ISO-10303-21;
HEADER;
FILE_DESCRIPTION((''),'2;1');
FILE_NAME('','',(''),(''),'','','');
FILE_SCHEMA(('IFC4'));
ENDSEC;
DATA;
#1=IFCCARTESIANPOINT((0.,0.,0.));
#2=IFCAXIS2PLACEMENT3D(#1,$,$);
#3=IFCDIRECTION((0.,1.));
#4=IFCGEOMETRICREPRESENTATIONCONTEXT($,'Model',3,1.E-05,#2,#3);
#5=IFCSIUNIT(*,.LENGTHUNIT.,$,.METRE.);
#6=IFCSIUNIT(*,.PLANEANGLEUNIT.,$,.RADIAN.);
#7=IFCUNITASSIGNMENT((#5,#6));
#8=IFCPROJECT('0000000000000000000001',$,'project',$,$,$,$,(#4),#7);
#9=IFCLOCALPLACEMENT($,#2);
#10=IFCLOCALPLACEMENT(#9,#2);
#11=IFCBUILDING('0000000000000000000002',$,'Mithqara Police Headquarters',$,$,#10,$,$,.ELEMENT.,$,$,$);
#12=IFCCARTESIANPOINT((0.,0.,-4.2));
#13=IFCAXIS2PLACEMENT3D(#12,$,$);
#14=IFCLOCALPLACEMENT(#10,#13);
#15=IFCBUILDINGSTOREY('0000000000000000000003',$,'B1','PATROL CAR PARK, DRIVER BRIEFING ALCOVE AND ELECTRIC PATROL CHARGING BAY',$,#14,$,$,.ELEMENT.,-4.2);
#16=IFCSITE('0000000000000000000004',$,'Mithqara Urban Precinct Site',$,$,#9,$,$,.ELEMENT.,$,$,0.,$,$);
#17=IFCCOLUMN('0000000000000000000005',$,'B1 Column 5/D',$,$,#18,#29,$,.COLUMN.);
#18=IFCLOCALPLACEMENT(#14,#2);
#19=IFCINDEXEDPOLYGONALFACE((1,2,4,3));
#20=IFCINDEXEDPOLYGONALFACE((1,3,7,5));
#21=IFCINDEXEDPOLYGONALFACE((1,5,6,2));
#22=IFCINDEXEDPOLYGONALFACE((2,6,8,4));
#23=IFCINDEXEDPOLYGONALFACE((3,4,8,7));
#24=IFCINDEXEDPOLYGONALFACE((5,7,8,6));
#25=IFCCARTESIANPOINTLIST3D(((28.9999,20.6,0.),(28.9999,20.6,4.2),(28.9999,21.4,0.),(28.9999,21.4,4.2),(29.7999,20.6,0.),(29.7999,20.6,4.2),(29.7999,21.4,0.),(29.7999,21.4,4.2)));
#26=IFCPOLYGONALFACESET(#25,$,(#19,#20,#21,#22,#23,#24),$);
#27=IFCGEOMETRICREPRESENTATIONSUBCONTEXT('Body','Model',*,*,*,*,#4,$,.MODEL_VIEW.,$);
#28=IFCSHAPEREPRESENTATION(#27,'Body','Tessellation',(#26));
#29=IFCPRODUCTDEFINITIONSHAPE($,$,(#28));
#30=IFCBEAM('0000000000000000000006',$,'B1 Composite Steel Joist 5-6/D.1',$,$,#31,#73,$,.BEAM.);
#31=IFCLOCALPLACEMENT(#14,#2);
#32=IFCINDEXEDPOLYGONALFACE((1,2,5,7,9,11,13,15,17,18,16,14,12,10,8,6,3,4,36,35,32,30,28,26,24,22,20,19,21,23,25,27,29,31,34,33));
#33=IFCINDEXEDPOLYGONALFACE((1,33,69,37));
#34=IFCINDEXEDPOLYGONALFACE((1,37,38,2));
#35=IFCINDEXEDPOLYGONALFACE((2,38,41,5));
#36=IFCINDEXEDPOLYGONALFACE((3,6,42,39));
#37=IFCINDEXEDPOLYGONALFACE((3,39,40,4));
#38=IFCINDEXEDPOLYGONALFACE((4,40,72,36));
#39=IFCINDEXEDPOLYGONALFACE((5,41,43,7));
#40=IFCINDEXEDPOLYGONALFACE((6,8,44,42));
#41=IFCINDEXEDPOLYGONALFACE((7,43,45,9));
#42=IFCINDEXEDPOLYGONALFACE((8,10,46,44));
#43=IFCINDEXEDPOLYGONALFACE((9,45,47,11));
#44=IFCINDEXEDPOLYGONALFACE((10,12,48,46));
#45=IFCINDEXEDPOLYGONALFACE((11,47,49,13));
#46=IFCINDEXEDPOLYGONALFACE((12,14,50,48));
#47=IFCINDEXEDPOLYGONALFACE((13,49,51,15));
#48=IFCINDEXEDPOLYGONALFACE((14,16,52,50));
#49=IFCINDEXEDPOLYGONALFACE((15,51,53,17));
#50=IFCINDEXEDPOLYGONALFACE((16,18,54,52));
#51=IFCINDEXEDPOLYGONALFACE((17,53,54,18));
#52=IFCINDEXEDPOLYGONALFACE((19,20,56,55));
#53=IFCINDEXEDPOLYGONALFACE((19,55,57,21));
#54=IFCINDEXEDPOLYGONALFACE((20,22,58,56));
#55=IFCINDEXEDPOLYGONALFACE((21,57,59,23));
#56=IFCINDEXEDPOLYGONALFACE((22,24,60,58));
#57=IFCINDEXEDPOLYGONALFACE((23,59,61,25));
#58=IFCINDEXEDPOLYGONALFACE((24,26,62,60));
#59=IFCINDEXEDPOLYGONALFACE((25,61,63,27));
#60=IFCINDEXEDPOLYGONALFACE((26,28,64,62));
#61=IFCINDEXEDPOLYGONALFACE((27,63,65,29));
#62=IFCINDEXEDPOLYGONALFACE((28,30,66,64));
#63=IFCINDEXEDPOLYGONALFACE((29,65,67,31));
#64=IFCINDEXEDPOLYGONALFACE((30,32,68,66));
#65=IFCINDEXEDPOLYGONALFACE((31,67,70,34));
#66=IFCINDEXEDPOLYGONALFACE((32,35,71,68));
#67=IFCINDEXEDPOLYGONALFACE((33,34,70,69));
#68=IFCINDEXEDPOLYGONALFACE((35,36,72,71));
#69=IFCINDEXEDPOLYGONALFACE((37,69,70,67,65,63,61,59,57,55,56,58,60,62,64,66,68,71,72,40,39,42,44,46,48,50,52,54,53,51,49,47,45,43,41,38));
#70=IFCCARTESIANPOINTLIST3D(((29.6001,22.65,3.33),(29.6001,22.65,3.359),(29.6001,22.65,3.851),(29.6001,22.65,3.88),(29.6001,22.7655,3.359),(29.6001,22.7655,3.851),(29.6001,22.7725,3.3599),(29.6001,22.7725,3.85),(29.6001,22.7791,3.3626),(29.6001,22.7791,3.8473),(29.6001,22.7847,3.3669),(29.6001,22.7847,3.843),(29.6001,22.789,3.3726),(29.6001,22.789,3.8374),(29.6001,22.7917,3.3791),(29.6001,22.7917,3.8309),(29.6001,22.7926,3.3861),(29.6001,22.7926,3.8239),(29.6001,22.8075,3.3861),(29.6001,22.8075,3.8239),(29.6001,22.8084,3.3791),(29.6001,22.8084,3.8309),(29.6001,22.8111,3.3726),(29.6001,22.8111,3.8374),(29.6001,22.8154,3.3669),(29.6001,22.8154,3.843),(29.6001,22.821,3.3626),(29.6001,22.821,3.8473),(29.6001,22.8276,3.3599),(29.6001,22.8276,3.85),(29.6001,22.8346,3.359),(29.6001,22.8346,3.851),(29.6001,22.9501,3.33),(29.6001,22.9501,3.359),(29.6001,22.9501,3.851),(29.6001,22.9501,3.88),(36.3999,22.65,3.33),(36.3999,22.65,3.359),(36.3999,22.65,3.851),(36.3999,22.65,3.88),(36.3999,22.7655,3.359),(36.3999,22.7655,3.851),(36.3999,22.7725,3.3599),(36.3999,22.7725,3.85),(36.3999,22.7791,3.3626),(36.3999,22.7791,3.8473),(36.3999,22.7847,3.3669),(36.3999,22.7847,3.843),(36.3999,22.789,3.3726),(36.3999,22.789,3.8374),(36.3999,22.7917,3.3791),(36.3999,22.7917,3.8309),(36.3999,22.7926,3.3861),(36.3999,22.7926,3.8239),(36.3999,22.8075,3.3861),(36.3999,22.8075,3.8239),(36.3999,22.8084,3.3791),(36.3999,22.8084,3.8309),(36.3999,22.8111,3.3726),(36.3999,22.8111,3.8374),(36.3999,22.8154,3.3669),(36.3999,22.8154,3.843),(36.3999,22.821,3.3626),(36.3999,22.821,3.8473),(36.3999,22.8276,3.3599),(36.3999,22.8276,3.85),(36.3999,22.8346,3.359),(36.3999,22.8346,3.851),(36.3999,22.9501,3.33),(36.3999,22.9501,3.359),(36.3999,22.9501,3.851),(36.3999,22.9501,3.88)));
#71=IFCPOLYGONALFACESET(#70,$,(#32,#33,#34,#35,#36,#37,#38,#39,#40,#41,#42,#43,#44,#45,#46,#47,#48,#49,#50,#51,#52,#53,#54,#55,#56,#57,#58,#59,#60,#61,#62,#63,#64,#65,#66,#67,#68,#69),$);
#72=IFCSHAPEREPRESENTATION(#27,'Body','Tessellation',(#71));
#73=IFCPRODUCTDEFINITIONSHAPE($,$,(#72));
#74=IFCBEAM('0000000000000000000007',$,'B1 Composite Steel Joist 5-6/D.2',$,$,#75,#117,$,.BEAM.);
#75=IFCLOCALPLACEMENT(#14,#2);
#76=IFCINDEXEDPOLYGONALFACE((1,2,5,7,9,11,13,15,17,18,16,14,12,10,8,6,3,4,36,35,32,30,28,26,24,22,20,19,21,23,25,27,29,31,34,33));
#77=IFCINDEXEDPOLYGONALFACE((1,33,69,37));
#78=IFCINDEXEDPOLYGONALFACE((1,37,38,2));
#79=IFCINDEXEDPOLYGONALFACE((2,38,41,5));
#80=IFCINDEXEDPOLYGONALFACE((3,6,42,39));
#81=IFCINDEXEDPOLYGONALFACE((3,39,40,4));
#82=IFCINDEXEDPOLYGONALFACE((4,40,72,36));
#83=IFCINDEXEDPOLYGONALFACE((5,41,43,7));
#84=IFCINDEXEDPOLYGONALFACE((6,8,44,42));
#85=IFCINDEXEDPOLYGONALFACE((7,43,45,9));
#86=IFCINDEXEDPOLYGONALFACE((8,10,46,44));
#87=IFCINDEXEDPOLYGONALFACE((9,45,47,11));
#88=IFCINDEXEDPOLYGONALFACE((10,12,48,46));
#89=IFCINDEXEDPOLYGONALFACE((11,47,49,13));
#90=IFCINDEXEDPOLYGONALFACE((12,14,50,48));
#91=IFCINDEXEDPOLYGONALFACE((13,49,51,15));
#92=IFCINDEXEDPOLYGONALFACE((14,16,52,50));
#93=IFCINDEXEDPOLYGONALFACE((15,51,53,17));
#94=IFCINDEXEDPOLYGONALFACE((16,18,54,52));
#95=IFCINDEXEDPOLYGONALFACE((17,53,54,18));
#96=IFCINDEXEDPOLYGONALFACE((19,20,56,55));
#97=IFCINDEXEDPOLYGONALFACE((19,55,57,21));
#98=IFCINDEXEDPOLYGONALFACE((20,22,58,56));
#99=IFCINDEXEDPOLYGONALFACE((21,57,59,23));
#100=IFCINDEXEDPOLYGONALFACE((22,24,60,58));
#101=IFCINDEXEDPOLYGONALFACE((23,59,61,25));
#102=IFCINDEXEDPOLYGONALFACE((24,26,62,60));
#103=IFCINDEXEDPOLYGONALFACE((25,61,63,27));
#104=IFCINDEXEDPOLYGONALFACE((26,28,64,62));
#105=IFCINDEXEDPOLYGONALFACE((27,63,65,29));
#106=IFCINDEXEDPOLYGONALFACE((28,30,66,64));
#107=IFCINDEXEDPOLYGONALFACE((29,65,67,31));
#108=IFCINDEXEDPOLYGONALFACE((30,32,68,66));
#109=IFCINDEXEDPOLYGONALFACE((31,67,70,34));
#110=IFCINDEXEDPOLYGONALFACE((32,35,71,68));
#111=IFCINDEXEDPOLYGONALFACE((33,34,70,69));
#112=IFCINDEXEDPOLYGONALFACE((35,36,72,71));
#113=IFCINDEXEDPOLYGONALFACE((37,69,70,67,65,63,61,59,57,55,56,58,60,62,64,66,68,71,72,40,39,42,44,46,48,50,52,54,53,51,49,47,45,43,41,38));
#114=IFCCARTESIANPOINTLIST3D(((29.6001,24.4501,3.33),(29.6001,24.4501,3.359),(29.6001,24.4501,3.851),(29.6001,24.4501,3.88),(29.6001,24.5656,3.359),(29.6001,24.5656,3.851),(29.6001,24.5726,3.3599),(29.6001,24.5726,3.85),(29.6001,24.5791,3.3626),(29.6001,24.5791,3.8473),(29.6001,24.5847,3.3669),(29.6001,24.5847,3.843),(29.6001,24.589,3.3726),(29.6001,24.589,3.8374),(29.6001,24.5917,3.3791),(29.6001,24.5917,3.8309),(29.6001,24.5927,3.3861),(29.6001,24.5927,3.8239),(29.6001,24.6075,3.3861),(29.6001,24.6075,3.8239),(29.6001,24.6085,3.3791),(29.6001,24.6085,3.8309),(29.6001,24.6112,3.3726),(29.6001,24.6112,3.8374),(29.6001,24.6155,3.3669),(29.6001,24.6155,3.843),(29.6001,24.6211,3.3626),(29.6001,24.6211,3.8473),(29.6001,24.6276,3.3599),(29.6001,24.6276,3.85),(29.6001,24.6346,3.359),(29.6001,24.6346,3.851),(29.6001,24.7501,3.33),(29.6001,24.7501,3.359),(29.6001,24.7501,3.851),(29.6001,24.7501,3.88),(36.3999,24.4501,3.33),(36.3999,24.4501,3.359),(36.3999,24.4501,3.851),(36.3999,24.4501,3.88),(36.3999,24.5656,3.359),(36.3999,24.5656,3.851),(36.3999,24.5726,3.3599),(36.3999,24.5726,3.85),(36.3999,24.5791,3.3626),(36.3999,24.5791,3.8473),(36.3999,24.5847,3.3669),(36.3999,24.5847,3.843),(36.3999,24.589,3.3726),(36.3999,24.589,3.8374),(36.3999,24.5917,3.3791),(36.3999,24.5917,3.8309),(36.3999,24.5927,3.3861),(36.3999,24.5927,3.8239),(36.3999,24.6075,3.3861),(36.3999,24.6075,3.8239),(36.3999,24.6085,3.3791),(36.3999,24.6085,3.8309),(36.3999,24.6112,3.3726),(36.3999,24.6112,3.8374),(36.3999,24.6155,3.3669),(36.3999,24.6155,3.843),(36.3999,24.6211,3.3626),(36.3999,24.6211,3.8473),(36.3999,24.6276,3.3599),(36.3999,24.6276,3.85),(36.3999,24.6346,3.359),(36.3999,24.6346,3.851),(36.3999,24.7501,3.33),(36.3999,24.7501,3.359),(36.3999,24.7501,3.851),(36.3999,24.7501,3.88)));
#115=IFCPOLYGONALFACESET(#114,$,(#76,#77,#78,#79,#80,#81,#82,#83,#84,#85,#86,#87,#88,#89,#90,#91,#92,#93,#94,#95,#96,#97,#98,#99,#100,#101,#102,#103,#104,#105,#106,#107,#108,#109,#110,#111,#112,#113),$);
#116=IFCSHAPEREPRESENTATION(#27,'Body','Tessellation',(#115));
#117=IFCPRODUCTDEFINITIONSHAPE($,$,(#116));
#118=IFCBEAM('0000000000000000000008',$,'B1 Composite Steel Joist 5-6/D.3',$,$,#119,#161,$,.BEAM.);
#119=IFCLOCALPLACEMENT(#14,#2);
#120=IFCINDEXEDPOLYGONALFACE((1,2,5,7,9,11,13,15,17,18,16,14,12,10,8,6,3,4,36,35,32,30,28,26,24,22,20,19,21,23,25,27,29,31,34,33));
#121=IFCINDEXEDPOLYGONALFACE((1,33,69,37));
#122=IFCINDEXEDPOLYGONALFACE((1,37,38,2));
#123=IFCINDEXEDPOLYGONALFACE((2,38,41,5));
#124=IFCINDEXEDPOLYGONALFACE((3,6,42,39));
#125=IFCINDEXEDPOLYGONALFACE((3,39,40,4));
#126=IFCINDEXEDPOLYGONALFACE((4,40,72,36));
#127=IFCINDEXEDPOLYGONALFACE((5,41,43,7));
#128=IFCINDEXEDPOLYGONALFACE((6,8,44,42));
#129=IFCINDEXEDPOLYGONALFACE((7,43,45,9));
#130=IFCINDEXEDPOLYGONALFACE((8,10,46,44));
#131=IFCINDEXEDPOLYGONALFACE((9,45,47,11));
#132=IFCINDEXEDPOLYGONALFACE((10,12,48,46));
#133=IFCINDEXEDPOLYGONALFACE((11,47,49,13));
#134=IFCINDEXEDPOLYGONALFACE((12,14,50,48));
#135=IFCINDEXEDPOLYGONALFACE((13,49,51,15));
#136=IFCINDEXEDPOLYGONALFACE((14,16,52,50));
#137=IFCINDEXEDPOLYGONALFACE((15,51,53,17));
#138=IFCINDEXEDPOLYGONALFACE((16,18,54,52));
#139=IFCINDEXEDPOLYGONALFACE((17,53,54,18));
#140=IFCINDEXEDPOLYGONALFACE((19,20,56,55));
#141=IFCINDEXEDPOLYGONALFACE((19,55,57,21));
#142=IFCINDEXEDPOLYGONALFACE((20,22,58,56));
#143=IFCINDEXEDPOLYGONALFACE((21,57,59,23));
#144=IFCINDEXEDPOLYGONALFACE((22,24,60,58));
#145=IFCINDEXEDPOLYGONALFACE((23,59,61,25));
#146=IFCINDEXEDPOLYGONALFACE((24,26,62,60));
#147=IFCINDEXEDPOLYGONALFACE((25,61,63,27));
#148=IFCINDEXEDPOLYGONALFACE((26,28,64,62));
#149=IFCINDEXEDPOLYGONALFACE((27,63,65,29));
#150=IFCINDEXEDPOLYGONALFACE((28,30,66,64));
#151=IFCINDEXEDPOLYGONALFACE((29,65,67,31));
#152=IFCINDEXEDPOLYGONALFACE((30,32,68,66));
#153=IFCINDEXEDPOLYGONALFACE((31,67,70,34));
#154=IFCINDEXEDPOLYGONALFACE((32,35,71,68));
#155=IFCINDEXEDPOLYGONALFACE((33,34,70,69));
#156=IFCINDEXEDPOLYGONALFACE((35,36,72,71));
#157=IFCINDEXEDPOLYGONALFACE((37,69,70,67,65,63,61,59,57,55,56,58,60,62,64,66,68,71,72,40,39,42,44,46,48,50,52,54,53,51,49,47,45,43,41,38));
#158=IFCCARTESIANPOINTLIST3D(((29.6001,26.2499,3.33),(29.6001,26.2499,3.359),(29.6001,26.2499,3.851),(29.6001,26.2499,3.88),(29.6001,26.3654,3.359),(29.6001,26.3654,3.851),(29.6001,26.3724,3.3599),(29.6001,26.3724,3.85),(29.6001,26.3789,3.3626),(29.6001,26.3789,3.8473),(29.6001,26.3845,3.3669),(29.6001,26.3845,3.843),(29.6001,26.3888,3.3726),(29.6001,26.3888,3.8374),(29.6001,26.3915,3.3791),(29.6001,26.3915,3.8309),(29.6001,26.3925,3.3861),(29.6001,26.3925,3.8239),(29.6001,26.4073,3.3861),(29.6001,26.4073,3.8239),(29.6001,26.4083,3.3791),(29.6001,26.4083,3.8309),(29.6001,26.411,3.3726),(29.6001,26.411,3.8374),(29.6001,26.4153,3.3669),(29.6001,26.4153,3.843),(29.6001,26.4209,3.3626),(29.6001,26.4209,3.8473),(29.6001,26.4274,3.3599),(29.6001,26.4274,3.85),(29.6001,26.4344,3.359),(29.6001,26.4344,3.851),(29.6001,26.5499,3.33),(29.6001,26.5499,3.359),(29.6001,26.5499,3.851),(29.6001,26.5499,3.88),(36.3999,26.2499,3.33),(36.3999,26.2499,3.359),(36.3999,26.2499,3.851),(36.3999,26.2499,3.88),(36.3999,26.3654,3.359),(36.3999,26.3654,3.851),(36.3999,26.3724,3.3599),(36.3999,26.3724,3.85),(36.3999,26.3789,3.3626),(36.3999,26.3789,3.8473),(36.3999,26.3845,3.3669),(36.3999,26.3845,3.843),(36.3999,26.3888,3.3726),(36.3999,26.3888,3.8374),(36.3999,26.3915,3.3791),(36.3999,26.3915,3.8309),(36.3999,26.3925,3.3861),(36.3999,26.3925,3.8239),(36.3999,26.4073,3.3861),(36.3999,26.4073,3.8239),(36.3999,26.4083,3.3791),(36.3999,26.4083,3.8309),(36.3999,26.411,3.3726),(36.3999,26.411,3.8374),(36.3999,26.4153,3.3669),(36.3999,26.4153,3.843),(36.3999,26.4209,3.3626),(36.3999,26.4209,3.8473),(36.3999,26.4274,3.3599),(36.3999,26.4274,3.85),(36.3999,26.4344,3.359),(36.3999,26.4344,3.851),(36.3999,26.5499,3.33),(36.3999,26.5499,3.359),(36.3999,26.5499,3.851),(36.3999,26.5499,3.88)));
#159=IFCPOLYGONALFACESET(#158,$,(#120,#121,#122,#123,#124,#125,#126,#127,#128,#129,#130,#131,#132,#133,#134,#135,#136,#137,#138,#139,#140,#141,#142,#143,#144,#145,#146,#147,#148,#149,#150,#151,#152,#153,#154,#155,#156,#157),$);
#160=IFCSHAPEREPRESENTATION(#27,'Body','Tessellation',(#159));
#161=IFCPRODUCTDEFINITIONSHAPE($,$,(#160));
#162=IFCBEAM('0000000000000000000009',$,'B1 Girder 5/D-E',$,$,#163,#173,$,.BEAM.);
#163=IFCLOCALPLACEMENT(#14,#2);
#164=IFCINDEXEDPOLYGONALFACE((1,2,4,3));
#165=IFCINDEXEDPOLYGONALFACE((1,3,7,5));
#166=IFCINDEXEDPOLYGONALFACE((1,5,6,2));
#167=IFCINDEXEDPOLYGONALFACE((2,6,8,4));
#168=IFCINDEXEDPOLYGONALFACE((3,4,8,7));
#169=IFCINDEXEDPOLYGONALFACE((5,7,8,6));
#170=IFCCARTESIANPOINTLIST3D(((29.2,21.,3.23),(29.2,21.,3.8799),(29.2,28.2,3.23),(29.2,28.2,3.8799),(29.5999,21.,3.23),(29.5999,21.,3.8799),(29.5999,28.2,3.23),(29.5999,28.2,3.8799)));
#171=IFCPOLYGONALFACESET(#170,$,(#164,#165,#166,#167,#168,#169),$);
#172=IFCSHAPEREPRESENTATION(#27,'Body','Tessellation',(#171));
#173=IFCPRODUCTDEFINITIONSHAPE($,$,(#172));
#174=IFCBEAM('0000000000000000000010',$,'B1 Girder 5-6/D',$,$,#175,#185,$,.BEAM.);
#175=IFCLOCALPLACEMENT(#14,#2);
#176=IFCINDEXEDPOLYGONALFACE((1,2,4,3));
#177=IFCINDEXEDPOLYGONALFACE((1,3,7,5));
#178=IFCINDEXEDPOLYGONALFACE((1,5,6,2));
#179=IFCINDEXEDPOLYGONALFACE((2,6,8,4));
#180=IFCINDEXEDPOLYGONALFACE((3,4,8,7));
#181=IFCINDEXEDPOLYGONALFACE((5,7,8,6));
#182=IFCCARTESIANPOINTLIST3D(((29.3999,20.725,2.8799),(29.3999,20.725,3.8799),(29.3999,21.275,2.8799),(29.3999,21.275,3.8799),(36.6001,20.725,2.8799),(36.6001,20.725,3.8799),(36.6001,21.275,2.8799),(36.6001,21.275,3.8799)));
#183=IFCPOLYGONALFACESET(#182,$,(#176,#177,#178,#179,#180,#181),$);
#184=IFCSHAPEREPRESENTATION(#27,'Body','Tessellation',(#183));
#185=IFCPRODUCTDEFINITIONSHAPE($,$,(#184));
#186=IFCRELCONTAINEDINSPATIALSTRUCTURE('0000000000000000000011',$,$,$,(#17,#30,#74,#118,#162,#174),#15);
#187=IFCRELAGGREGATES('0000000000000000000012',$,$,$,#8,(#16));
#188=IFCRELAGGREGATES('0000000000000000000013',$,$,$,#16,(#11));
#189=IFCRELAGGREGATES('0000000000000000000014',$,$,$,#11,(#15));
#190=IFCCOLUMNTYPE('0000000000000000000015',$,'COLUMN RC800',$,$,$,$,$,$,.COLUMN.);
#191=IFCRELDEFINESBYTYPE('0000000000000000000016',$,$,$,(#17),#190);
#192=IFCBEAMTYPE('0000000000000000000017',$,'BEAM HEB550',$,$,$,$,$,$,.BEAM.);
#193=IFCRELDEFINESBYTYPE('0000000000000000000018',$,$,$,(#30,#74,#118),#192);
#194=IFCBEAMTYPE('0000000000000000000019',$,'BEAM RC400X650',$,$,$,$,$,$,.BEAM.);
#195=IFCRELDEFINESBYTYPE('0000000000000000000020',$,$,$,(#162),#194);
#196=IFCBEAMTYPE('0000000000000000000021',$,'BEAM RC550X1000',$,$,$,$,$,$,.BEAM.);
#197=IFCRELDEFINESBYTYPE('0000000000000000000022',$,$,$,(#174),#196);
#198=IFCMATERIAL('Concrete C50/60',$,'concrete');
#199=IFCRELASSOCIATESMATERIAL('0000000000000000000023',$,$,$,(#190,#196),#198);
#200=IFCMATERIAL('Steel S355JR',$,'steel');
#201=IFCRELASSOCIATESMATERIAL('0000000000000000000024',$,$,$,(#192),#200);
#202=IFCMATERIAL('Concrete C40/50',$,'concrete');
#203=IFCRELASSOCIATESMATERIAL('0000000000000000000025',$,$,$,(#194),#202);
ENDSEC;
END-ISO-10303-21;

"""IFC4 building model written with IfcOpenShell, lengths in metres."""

from ifc_helpers import new_model, si_unit, direction, frame, origin, origin_2d, place, context, subcontext, project, spatial, rectangle, i_section, extrude, material, material_profile, profile_set, type_object, element, save


model = new_model("IFC4")

# Units and contexts
model_context = context("Model", 3, precision=1e-05, world=origin(), true_north=direction((0.0, 1.0)))
body_context = subcontext(model_context, "Body", "Model", "MODEL_VIEW")
ifc_project = project(units=[si_unit("LENGTHUNIT", "METRE"), si_unit("PLANEANGLEUNIT", "RADIAN")], contexts=[model_context])

# Site, building, storey
site_placement = place(None, origin())
site = spatial("IfcSite", under=ifc_project, at=site_placement, Name="Mithqara Urban Precinct Site", CompositionType="ELEMENT", RefElevation=0.0)
building_placement = place(site_placement, origin())
building = spatial("IfcBuilding", under=site, at=building_placement, Name="Mithqara Police Headquarters", CompositionType="ELEMENT")
storey_placement = place(building_placement, frame((0.0, 0.0, -4.2)))
storey = spatial("IfcBuildingStorey", under=building, at=storey_placement, Name="B1", Description="PATROL CAR PARK, DRIVER BRIEFING ALCOVE AND ELECTRIC PATROL CHARGING BAY", CompositionType="ELEMENT", Elevation=-4.2)

# Shared definitions
ifc_material_1 = material(Name="Concrete C40/50", Category="concrete")

# Column
ifc_material_2 = material(Name="Concrete C50/60", Category="concrete")
ifc_material_profile_1 = material_profile(ifc_material_2, rectangle(XDim=0.8, YDim=0.8, at=origin_2d()), Name="RC 800x800")
ifc_profile_set_1 = profile_set([ifc_material_profile_1], Name="Concrete C50/60")
column_type_1 = type_object("IfcColumnType", Name="COLUMN RC800", PredefinedType="COLUMN", material=ifc_profile_set_1)
column_1_placement = place(storey_placement, frame((29.3999, 21.0, 0.0), z_axis=(0.0, 0.0, 1.0), x_axis=(1.0, 0.0, 0.0)))
element("IfcColumn", 1, at=column_1_placement, inside=storey, type_object=column_type_1, Name="B1 Column 5/D", PredefinedType="COLUMN", context=body_context, shape_type="SweptSolid", body=[
    extrude(rectangle(XDim=0.8, YDim=0.8, at=origin_2d()), origin(), (0.0, 0.0, 1.0), 4.2),
])

# Beams
ifc_material_3 = material(Name="Steel S355JR", Category="steel")
ifc_material_profile_2 = material_profile(ifc_material_3, i_section(OverallWidth=0.3, OverallDepth=0.55, WebThickness=0.0149, FlangeThickness=0.0291, FilletRadius=0.0271, at=origin_2d()), Name="HEB 550")
ifc_profile_set_2 = profile_set([ifc_material_profile_2], Name="Steel S355JR")
beam_type_1 = type_object("IfcBeamType", Name="BEAM HEB550", PredefinedType="BEAM", material=ifc_profile_set_2)
for number, where, z_axis, x_axis, name in (
    (2, (29.6001, 22.8, 3.605), (1.0, 0.0, 0.0), (0.0, 1.0, 0.0), "B1 Composite Steel Joist 5-6/D.1"),
    (3, (29.6001, 24.6001, 3.605), (1.0, 0.0, 0.0), (0.0, 1.0, 0.0), "B1 Composite Steel Joist 5-6/D.2"),
    (4, (29.6001, 26.3999, 3.605), (1.0, 0.0, 0.0), (0.0, 1.0, 0.0), "B1 Composite Steel Joist 5-6/D.3"),
):
    element("IfcBeam", number, at=place(storey_placement, frame(where, z_axis=z_axis, x_axis=x_axis)), inside=storey, type_object=beam_type_1, Name=name, PredefinedType="BEAM", context=body_context, shape_type="SweptSolid", body=[
        extrude(i_section(OverallWidth=0.3, OverallDepth=0.55, WebThickness=0.0149, FlangeThickness=0.0291, FilletRadius=0.0271, at=origin_2d()), origin(), (0.0, 0.0, 1.0), 6.7998),
    ])
ifc_material_profile_3 = material_profile(ifc_material_1, rectangle(XDim=0.3999, YDim=0.6499, at=origin_2d()), Name="RC 400x650")
ifc_profile_set_3 = profile_set([ifc_material_profile_3], Name="Concrete C40/50")
beam_type_2 = type_object("IfcBeamType", Name="BEAM RC400X650", PredefinedType="BEAM", material=ifc_profile_set_3)
beam_1_placement = place(storey_placement, frame((29.3999, 21.0, 3.5549), z_axis=(0.0, 1.0, 0.0), x_axis=(-1.0, 0.0, 0.0)))
element("IfcBeam", 5, at=beam_1_placement, inside=storey, type_object=beam_type_2, Name="B1 Girder 5/D-E", PredefinedType="BEAM", context=body_context, shape_type="SweptSolid", body=[
    extrude(rectangle(XDim=0.3999, YDim=0.6499, at=origin_2d()), origin(), (0.0, 0.0, 1.0), 7.2),
])
ifc_material_profile_4 = material_profile(ifc_material_2, rectangle(XDim=0.55, YDim=1.0, at=origin_2d()), Name="RC 550x1000")
ifc_profile_set_4 = profile_set([ifc_material_profile_4], Name="Concrete C50/60")
beam_type_3 = type_object("IfcBeamType", Name="BEAM RC550X1000", PredefinedType="BEAM", material=ifc_profile_set_4)
beam_2_placement = place(storey_placement, frame((29.3999, 21.0, 3.3799), z_axis=(1.0, 0.0, 0.0), x_axis=(0.0, 1.0, 0.0)))
element("IfcBeam", 6, at=beam_2_placement, inside=storey, type_object=beam_type_3, Name="B1 Girder 5-6/D", PredefinedType="BEAM", context=body_context, shape_type="SweptSolid", body=[
    extrude(rectangle(XDim=0.55, YDim=1.0, at=origin_2d()), origin(), (0.0, 0.0, 1.0), 7.2002),
])

save(model, "model.ifc")
